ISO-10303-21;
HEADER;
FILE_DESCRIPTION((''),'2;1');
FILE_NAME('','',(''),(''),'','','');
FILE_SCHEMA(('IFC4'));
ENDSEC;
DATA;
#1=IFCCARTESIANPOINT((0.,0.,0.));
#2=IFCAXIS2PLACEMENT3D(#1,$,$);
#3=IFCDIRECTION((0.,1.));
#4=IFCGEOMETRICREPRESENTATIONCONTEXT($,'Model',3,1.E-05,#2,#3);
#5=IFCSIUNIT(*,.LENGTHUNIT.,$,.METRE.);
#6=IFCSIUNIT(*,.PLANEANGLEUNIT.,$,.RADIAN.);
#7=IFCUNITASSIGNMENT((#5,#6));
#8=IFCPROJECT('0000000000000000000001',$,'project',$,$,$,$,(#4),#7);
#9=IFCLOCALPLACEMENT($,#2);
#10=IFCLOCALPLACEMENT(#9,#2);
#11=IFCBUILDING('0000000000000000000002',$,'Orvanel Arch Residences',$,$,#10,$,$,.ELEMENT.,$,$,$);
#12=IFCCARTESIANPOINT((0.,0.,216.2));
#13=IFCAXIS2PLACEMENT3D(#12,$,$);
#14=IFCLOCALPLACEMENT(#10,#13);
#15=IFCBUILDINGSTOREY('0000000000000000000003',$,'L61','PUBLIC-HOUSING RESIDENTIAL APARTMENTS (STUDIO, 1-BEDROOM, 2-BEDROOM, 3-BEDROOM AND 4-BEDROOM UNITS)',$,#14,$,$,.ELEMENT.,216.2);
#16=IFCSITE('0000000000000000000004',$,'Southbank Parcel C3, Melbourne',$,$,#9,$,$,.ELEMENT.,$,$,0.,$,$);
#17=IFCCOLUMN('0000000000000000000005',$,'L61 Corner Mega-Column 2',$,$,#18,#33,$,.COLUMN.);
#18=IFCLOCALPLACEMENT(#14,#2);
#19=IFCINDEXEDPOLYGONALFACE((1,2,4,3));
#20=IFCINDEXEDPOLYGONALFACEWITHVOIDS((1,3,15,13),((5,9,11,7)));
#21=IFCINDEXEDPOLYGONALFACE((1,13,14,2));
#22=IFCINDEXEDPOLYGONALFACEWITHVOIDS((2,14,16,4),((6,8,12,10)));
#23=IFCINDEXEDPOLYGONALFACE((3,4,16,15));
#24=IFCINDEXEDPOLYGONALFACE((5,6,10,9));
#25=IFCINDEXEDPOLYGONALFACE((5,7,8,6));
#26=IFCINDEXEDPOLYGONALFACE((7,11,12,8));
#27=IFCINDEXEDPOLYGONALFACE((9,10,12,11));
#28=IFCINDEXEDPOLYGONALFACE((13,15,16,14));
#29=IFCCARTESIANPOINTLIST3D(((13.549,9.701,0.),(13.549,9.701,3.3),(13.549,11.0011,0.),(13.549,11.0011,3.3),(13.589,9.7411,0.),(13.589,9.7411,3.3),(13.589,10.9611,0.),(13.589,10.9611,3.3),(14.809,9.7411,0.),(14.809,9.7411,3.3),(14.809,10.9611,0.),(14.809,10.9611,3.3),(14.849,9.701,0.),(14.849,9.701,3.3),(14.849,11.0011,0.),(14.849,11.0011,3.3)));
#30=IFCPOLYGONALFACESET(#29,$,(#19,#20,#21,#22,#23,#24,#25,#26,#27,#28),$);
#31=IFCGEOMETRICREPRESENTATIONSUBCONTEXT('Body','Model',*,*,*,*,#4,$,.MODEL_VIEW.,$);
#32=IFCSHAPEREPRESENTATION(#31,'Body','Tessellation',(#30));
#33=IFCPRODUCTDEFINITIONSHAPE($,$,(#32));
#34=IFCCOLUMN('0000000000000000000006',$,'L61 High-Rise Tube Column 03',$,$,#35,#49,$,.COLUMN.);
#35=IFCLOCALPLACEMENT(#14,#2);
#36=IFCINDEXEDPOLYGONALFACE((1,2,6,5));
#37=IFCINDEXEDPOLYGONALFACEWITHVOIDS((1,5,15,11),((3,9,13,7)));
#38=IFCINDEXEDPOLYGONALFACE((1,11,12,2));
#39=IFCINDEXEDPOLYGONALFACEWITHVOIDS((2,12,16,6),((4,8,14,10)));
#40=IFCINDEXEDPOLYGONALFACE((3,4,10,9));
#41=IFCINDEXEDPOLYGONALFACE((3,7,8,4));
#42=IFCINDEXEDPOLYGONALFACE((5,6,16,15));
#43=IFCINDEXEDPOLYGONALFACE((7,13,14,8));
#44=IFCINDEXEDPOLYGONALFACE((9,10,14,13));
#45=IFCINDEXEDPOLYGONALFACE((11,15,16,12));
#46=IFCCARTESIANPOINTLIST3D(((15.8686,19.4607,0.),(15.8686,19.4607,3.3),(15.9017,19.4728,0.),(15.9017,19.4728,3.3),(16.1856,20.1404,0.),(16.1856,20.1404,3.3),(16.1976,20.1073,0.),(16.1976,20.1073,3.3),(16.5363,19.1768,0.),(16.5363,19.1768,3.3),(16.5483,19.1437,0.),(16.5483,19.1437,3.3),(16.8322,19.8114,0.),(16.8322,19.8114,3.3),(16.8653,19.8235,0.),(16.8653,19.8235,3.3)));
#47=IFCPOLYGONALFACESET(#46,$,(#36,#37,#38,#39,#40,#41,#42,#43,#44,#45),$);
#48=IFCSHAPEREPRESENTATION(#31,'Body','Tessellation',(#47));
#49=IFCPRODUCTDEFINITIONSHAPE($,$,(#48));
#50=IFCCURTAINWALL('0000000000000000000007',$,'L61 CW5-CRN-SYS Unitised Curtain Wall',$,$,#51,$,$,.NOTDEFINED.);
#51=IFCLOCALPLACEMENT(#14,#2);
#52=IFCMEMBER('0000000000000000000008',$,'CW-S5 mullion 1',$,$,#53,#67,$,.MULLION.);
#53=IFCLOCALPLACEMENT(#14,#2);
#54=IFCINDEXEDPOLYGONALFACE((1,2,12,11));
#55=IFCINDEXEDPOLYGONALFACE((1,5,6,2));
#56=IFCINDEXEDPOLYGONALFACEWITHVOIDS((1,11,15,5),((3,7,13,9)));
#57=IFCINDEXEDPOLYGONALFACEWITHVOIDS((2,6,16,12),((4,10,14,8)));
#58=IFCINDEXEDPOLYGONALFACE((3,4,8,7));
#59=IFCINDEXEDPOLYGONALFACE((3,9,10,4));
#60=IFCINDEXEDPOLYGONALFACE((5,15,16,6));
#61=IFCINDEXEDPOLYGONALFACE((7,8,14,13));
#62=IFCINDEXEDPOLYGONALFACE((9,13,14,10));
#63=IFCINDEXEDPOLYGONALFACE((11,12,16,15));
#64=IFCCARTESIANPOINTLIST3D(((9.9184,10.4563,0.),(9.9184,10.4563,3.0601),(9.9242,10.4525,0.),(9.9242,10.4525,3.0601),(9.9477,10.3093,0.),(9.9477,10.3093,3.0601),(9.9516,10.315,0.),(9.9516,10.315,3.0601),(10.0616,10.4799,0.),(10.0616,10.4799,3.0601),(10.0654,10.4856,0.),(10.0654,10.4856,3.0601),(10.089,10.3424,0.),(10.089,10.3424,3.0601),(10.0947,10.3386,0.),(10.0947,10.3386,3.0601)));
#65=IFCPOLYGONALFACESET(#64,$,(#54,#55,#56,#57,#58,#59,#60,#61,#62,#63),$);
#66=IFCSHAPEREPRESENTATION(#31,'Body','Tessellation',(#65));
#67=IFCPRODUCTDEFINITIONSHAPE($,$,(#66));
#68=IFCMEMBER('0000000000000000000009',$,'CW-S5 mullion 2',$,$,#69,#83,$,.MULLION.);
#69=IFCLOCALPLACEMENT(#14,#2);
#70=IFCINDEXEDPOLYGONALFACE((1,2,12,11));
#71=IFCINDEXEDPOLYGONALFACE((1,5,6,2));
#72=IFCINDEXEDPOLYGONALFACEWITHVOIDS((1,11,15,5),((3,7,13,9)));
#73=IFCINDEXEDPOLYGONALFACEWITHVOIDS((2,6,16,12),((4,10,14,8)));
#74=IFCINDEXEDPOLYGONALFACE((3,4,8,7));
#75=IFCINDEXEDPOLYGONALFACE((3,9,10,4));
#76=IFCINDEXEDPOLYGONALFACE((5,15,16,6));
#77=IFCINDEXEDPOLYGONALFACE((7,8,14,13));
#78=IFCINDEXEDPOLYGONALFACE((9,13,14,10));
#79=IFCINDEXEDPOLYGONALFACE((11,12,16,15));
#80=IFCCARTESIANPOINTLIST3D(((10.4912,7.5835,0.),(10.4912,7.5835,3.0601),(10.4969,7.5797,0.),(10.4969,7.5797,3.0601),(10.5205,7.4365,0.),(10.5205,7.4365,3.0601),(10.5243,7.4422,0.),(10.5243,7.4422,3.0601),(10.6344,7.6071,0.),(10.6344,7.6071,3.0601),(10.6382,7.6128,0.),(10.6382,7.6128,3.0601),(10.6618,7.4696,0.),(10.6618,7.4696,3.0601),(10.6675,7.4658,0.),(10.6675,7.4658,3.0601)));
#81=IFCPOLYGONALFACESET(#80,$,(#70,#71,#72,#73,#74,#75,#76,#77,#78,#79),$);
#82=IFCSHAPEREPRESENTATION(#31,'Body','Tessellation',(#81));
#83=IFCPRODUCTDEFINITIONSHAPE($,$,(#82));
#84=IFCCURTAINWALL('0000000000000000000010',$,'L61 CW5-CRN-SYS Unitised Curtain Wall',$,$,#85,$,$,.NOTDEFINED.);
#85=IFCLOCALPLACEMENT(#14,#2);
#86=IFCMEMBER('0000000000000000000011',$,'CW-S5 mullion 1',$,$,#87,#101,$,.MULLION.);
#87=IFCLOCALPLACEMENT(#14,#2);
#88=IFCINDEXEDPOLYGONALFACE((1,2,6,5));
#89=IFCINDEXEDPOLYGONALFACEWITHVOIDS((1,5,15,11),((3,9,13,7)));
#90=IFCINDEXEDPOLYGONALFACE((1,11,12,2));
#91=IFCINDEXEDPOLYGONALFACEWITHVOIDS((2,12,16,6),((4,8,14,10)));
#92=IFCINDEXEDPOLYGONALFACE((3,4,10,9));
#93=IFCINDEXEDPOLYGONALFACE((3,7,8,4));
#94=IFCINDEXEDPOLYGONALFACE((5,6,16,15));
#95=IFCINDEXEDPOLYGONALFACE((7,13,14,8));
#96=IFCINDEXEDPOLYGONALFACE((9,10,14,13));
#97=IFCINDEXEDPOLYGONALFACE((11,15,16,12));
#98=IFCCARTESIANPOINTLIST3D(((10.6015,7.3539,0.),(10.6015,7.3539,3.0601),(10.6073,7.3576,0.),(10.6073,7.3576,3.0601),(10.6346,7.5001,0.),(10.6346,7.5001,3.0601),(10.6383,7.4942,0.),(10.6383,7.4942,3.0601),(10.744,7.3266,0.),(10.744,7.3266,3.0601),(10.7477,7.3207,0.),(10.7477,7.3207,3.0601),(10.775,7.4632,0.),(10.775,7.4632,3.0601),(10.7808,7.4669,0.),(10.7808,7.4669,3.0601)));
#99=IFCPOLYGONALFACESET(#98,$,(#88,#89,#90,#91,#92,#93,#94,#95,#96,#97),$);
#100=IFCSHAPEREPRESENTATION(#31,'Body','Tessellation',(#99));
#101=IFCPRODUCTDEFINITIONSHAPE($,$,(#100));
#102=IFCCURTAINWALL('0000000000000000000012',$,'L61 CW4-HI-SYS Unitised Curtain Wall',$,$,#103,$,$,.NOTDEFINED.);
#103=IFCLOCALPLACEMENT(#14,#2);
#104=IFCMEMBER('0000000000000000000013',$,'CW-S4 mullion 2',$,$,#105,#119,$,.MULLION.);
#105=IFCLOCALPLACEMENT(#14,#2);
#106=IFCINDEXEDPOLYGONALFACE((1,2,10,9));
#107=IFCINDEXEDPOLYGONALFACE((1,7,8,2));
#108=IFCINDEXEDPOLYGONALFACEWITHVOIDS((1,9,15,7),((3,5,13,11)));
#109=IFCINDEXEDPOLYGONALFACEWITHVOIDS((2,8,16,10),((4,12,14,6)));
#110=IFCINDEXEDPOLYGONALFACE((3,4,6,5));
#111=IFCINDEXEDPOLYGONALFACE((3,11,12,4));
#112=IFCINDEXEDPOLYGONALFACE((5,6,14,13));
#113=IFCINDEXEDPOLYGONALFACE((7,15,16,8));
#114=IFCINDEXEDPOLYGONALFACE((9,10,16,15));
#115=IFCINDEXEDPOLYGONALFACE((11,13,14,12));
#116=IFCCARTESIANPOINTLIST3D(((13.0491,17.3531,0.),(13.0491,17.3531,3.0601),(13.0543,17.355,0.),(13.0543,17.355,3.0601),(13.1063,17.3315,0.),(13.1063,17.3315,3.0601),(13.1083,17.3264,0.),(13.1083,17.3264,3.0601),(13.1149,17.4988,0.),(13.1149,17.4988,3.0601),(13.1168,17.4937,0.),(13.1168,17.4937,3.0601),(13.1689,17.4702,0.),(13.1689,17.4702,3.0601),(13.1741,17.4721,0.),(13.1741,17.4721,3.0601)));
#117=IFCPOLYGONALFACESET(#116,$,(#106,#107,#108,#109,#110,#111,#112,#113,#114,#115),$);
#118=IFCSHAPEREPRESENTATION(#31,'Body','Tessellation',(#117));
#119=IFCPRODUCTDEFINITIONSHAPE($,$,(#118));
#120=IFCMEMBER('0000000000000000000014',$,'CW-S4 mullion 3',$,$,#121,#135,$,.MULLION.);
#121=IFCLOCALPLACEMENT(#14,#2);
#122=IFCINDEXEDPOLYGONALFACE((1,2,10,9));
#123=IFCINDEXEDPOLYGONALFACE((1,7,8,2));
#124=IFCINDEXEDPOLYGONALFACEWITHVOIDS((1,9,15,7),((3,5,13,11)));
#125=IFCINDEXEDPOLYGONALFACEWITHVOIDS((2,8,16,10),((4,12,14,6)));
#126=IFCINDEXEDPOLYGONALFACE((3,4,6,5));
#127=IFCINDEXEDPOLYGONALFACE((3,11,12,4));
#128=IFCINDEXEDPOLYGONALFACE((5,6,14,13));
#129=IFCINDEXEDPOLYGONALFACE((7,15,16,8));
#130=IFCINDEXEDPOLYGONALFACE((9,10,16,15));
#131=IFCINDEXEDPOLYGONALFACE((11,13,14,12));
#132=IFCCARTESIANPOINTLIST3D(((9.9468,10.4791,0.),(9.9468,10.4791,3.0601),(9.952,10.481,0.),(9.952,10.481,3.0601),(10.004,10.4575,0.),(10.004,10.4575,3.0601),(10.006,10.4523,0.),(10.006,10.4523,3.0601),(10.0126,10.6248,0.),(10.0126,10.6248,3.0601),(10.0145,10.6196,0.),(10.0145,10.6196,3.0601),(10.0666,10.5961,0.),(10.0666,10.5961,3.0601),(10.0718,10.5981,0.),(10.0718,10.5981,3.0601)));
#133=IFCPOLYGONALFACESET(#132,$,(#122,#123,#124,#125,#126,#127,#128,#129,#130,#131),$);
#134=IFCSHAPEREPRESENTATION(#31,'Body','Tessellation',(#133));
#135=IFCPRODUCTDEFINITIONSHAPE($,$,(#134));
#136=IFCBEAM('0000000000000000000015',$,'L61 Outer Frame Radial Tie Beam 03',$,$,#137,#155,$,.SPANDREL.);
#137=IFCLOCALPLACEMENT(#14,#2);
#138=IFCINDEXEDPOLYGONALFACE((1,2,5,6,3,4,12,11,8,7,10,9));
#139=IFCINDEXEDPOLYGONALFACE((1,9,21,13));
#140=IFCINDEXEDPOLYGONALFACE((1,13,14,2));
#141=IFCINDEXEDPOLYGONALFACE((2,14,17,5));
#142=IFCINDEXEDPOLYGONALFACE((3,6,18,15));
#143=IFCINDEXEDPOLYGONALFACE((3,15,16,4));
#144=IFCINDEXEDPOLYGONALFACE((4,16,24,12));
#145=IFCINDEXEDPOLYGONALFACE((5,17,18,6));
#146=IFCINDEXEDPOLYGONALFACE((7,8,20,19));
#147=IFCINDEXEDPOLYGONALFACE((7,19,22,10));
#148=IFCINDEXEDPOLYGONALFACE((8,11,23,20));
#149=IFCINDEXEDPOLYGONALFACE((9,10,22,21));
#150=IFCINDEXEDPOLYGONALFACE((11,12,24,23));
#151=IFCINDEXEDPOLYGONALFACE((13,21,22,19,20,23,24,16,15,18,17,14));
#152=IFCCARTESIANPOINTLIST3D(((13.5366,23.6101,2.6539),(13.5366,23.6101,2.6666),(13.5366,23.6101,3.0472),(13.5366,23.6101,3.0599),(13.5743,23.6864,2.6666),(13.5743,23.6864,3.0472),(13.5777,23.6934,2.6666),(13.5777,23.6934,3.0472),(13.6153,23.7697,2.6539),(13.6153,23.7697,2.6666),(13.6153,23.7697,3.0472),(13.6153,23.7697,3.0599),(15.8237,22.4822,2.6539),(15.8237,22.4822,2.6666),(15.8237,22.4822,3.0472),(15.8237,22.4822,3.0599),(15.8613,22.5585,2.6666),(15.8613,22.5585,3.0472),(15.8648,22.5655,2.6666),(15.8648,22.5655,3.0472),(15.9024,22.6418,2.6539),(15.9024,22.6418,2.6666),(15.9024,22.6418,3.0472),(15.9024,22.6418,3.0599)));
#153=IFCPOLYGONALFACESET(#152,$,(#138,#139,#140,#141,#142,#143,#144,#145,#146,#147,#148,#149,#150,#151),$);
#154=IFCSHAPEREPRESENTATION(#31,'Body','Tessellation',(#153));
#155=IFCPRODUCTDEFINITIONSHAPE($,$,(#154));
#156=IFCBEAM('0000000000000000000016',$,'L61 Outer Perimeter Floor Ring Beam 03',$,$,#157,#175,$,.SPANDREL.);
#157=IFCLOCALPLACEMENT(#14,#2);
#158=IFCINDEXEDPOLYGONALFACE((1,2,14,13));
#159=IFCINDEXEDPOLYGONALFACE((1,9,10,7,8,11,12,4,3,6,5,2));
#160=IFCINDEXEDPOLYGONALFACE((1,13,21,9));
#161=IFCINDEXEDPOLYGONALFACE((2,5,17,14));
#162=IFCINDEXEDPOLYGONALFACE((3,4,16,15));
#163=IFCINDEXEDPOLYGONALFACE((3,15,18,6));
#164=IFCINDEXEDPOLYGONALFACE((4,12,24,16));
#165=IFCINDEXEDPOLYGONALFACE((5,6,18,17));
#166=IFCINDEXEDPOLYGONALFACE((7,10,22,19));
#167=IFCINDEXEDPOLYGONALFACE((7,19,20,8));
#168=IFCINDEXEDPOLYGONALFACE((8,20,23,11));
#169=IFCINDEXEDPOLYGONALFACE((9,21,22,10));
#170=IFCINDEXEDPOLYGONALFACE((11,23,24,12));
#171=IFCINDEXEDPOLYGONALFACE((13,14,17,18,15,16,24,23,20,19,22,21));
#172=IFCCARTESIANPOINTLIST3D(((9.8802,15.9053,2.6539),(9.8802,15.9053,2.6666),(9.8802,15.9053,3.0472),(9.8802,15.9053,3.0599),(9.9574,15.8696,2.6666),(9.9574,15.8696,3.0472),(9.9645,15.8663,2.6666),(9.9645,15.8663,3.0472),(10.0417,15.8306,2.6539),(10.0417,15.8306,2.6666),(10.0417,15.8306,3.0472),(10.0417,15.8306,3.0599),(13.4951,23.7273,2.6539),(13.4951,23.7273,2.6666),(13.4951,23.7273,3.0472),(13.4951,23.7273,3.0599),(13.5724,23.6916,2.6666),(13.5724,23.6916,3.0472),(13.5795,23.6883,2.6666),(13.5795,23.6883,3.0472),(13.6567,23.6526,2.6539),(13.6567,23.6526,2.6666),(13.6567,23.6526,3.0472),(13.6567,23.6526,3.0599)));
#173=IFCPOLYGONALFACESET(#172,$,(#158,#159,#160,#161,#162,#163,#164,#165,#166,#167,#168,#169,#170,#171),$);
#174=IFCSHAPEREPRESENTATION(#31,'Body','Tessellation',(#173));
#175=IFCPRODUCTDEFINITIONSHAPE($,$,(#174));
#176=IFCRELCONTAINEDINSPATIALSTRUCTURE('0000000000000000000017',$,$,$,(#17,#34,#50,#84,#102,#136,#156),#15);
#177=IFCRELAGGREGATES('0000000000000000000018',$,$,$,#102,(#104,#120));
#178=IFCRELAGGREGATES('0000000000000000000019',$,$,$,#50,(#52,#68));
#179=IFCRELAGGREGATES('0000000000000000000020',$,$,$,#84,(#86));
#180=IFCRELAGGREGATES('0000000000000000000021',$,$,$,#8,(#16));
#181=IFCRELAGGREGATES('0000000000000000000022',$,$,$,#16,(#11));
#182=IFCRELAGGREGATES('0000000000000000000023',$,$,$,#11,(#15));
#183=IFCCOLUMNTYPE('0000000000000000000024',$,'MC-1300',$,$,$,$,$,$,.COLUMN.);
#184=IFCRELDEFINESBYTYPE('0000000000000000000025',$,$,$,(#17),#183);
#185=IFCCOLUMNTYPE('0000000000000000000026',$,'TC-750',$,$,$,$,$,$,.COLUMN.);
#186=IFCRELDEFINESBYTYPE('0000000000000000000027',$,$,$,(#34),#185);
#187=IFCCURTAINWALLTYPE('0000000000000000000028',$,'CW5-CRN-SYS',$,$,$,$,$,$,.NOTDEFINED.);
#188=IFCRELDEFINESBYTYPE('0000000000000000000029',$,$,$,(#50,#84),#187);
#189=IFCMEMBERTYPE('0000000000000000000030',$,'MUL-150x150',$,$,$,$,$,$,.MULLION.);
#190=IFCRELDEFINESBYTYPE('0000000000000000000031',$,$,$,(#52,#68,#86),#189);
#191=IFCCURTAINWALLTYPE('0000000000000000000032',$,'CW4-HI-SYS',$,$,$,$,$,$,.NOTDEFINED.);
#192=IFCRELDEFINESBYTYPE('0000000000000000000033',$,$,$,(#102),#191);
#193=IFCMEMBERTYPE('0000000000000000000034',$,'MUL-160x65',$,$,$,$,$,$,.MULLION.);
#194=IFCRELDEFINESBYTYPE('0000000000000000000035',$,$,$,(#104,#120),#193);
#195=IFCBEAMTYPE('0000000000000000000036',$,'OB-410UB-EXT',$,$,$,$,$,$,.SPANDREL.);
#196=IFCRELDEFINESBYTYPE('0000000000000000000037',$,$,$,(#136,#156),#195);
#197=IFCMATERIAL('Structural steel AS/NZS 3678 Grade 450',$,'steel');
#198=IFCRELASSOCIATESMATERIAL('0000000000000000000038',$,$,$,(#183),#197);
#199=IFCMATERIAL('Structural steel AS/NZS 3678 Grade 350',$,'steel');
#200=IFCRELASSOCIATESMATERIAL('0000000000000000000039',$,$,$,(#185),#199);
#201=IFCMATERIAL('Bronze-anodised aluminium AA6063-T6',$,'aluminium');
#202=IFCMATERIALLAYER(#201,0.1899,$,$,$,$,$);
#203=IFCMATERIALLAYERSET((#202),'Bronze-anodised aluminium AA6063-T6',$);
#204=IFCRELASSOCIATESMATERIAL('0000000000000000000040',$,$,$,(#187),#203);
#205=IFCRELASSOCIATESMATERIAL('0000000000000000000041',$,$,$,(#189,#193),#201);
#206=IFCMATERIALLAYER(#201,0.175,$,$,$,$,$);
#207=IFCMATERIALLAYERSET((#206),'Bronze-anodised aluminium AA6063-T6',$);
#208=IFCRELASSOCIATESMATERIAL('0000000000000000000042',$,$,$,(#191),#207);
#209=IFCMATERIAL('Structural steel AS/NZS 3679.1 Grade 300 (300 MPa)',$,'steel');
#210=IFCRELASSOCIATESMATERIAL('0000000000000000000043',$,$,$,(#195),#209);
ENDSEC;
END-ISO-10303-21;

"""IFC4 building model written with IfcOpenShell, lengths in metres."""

from ifc_helpers import new_model, si_unit, direction, frame, origin, origin_2d, place, context, subcontext, project, spatial, hollow_rectangle, i_section, extrude, material, layer, layer_set, material_profile, profile_set, type_object, element, aggregate, save


model = new_model("IFC4")

# Units and contexts
model_context = context("Model", 3, precision=1e-05, world=origin(), true_north=direction((0.0, 1.0)))
body_context = subcontext(model_context, "Body", "Model", "MODEL_VIEW")
ifc_project = project(units=[si_unit("LENGTHUNIT", "METRE"), si_unit("PLANEANGLEUNIT", "RADIAN")], contexts=[model_context])

# Site, building, storey
site_placement = place(None, origin())
site = spatial("IfcSite", under=ifc_project, at=site_placement, Name="Southbank Parcel C3, Melbourne", CompositionType="ELEMENT", RefElevation=0.0)
building_placement = place(site_placement, origin())
building = spatial("IfcBuilding", under=site, at=building_placement, Name="Orvanel Arch Residences", CompositionType="ELEMENT")
storey_placement = place(building_placement, frame((0.0, 0.0, 216.2)))
storey = spatial("IfcBuildingStorey", under=building, at=storey_placement, Name="L61", Description="PUBLIC-HOUSING RESIDENTIAL APARTMENTS (STUDIO, 1-BEDROOM, 2-BEDROOM, 3-BEDROOM AND 4-BEDROOM UNITS)", CompositionType="ELEMENT", Elevation=216.2)

# Columns
ifc_material_1 = material(Name="Structural steel AS/NZS 3678 Grade 450", Category="steel")
ifc_material_profile_1 = material_profile(ifc_material_1, hollow_rectangle(XDim=1.3, YDim=1.3, WallThickness=0.04, at=origin_2d()), Name="BOX1300x1300x40")
ifc_profile_set_1 = profile_set([ifc_material_profile_1], Name="Structural steel AS/NZS 3678 Grade 450")
column_type_1 = type_object("IfcColumnType", Name="MC-1300", PredefinedType="COLUMN", material=ifc_profile_set_1)
column_1_placement = place(storey_placement, frame((14.199, 10.3511, 0.0), z_axis=(0.0, 0.0, 1.0), x_axis=(1.0, 0.0, 0.0)))
element("IfcColumn", 1, at=column_1_placement, inside=storey, type_object=column_type_1, Name="L61 Corner Mega-Column 2", PredefinedType="COLUMN", context=body_context, shape_type="SweptSolid", body=[
    extrude(hollow_rectangle(XDim=1.3, YDim=1.3, WallThickness=0.04, at=origin_2d()), origin(), (0.0, 0.0, 1.0), 3.3),
])
ifc_material_2 = material(Name="Structural steel AS/NZS 3678 Grade 350", Category="steel")
ifc_material_profile_2 = material_profile(ifc_material_2, hollow_rectangle(XDim=0.75, YDim=0.75, WallThickness=0.0249, at=origin_2d()), Name="BOX750x750x25")
ifc_profile_set_2 = profile_set([ifc_material_profile_2], Name="Structural steel AS/NZS 3678 Grade 350")
column_type_2 = type_object("IfcColumnType", Name="TC-750", PredefinedType="COLUMN", material=ifc_profile_set_2)
column_2_placement = place(storey_placement, frame((16.3669, 19.6421, 0.0), z_axis=(0.0, 0.0, 1.0), x_axis=(0.422618, 0.906308, 0.0)))
element("IfcColumn", 2, at=column_2_placement, inside=storey, type_object=column_type_2, Name="L61 High-Rise Tube Column 03", PredefinedType="COLUMN", context=body_context, shape_type="SweptSolid", body=[
    extrude(hollow_rectangle(XDim=0.75, YDim=0.75, WallThickness=0.0249, at=origin_2d()), origin(), (0.0, 0.0, 1.0), 3.3),
])

# Curtain wall, members
ifc_material_3 = material(Name="Bronze-anodised aluminium AA6063-T6", Category="aluminium")
ifc_layer_1 = layer(ifc_material_3, 0.1899)
ifc_layer_set_1 = layer_set([ifc_layer_1], Name="Bronze-anodised aluminium AA6063-T6")
curtain_wall_type_1 = type_object("IfcCurtainWallType", Name="CW5-CRN-SYS", PredefinedType="NOTDEFINED", material=ifc_layer_set_1)
curtain_wall_1_placement = place(storey_placement, origin())
curtain_wall_1 = element("IfcCurtainWall", 3, at=curtain_wall_1_placement, inside=storey, type_object=curtain_wall_type_1, Name="L61 CW5-CRN-SYS Unitised Curtain Wall", PredefinedType="NOTDEFINED")
ifc_material_profile_3 = material_profile(ifc_material_3, hollow_rectangle(XDim=0.1499, YDim=0.1499, WallThickness=0.0049, at=origin_2d()), Name="ALU150x150x5")
ifc_profile_set_3 = profile_set([ifc_material_profile_3], Name="Bronze-anodised aluminium AA6063-T6")
member_type_1 = type_object("IfcMemberType", Name="MUL-150x150", PredefinedType="MULLION", material=ifc_profile_set_3)
member_1_placement = place(storey_placement, frame((10.0066, 10.3975, 0.0), z_axis=(0.0, 0.0, 1.0), x_axis=(0.980705, 0.195492, 0.0)))
member_1 = element("IfcMember", 4, at=member_1_placement, type_object=member_type_1, Name="CW-S5 mullion 1", PredefinedType="MULLION", context=body_context, shape_type="SweptSolid", body=[
    extrude(hollow_rectangle(XDim=0.1499, YDim=0.1499, WallThickness=0.0049, at=origin_2d()), origin(), (0.0, 0.0, 1.0), 3.0601),
])
member_2_placement = place(storey_placement, frame((10.5793, 7.5247, 0.0), z_axis=(0.0, 0.0, 1.0), x_axis=(0.980705, 0.195492, 0.0)))
member_2 = element("IfcMember", 5, at=member_2_placement, type_object=member_type_1, Name="CW-S5 mullion 2", PredefinedType="MULLION", context=body_context, shape_type="SweptSolid", body=[
    extrude(hollow_rectangle(XDim=0.1499, YDim=0.1499, WallThickness=0.0049, at=origin_2d()), origin(), (0.0, 0.0, 1.0), 3.0601),
])

# Curtain wall, member
curtain_wall_2_placement = place(storey_placement, origin())
curtain_wall_2 = element("IfcCurtainWall", 6, at=curtain_wall_2_placement, inside=storey, type_object=curtain_wall_type_1, Name="L61 CW5-CRN-SYS Unitised Curtain Wall", PredefinedType="NOTDEFINED")
member_3_placement = place(storey_placement, frame((10.6912, 7.4104, 0.0), z_axis=(0.0, 0.0, 1.0), x_axis=(0.221184, 0.975232, 0.0)))
member_3 = element("IfcMember", 7, at=member_3_placement, type_object=member_type_1, Name="CW-S5 mullion 1", PredefinedType="MULLION", context=body_context, shape_type="SweptSolid", body=[
    extrude(hollow_rectangle(XDim=0.1499, YDim=0.1499, WallThickness=0.0049, at=origin_2d()), origin(), (0.0, 0.0, 1.0), 3.0601),
])

# Curtain wall, members
ifc_layer_2 = layer(ifc_material_3, 0.175)
ifc_layer_set_2 = layer_set([ifc_layer_2], Name="Bronze-anodised aluminium AA6063-T6")
curtain_wall_type_2 = type_object("IfcCurtainWallType", Name="CW4-HI-SYS", PredefinedType="NOTDEFINED", material=ifc_layer_set_2)
curtain_wall_3_placement = place(storey_placement, origin())
curtain_wall_3 = element("IfcCurtainWall", 8, at=curtain_wall_3_placement, inside=storey, type_object=curtain_wall_type_2, Name="L61 CW4-HI-SYS Unitised Curtain Wall", PredefinedType="NOTDEFINED")
ifc_material_profile_4 = material_profile(ifc_material_3, hollow_rectangle(XDim=0.0649, YDim=0.1599, WallThickness=0.0039, at=origin_2d()), Name="ALU160x65x4")
ifc_profile_set_4 = profile_set([ifc_material_profile_4], Name="Bronze-anodised aluminium AA6063-T6")
member_type_2 = type_object("IfcMemberType", Name="MUL-160x65", PredefinedType="MULLION", material=ifc_profile_set_4)
member_4_placement = place(storey_placement, frame((13.1116, 17.4126, 0.0), z_axis=(0.0, 0.0, 1.0), x_axis=(0.91148, -0.411344, 0.0)))
member_4 = element("IfcMember", 9, at=member_4_placement, type_object=member_type_2, Name="CW-S4 mullion 2", PredefinedType="MULLION", context=body_context, shape_type="SweptSolid", body=[
    extrude(hollow_rectangle(XDim=0.0649, YDim=0.1599, WallThickness=0.0039, at=origin_2d()), origin(), (0.0, 0.0, 1.0), 3.0601),
])
member_5_placement = place(storey_placement, frame((10.0093, 10.5386, 0.0), z_axis=(0.0, 0.0, 1.0), x_axis=(0.91148, -0.411344, 0.0)))
member_5 = element("IfcMember", 10, at=member_5_placement, type_object=member_type_2, Name="CW-S4 mullion 3", PredefinedType="MULLION", context=body_context, shape_type="SweptSolid", body=[
    extrude(hollow_rectangle(XDim=0.0649, YDim=0.1599, WallThickness=0.0039, at=origin_2d()), origin(), (0.0, 0.0, 1.0), 3.0601),
])

# Beams
ifc_material_4 = material(Name="Structural steel AS/NZS 3679.1 Grade 300 (300 MPa)", Category="steel")
ifc_material_profile_5 = material_profile(ifc_material_4, i_section(OverallWidth=0.178, OverallDepth=0.406, WebThickness=0.0078, FlangeThickness=0.0127, at=origin_2d()), Name="410UB59.7")
ifc_profile_set_5 = profile_set([ifc_material_profile_5], Name="Structural steel AS/NZS 3679.1 Grade 300 (300 MPa)")
beam_type_1 = type_object("IfcBeamType", Name="OB-410UB-EXT", PredefinedType="SPANDREL", material=ifc_profile_set_5)
beam_1_placement = place(storey_placement, frame((15.863, 22.562, 2.8569), z_axis=(-0.896865, 0.442305, 0.0), x_axis=(-0.442305, -0.896865, 0.0)))
element("IfcBeam", 11, at=beam_1_placement, inside=storey, type_object=beam_type_1, Name="L61 Outer Frame Radial Tie Beam 03", PredefinedType="SPANDREL", context=body_context, shape_type="SweptSolid", body=[
    extrude(i_section(OverallWidth=0.178, OverallDepth=0.406, WebThickness=0.0078, FlangeThickness=0.0127, at=origin_2d()), origin(), (0.0, 0.0, 1.0), 2.55),
])
beam_2_placement = place(storey_placement, frame((13.5759, 23.6899, 2.8569), z_axis=(-0.41952, -0.907746, 0.0), x_axis=(0.907746, -0.41952, 0.0)))
element("IfcBeam", 12, at=beam_2_placement, inside=storey, type_object=beam_type_1, Name="L61 Outer Perimeter Floor Ring Beam 03", PredefinedType="SPANDREL", context=body_context, shape_type="SweptSolid", body=[
    extrude(i_section(OverallWidth=0.178, OverallDepth=0.406, WebThickness=0.0078, FlangeThickness=0.0127, at=origin_2d()), origin(), (0.0, 0.0, 1.0), 8.6169),
])

aggregate(curtain_wall_3, [member_4, member_5])
aggregate(curtain_wall_1, [member_1, member_2])
aggregate(curtain_wall_2, [member_3])

save(model, "model.ifc")
